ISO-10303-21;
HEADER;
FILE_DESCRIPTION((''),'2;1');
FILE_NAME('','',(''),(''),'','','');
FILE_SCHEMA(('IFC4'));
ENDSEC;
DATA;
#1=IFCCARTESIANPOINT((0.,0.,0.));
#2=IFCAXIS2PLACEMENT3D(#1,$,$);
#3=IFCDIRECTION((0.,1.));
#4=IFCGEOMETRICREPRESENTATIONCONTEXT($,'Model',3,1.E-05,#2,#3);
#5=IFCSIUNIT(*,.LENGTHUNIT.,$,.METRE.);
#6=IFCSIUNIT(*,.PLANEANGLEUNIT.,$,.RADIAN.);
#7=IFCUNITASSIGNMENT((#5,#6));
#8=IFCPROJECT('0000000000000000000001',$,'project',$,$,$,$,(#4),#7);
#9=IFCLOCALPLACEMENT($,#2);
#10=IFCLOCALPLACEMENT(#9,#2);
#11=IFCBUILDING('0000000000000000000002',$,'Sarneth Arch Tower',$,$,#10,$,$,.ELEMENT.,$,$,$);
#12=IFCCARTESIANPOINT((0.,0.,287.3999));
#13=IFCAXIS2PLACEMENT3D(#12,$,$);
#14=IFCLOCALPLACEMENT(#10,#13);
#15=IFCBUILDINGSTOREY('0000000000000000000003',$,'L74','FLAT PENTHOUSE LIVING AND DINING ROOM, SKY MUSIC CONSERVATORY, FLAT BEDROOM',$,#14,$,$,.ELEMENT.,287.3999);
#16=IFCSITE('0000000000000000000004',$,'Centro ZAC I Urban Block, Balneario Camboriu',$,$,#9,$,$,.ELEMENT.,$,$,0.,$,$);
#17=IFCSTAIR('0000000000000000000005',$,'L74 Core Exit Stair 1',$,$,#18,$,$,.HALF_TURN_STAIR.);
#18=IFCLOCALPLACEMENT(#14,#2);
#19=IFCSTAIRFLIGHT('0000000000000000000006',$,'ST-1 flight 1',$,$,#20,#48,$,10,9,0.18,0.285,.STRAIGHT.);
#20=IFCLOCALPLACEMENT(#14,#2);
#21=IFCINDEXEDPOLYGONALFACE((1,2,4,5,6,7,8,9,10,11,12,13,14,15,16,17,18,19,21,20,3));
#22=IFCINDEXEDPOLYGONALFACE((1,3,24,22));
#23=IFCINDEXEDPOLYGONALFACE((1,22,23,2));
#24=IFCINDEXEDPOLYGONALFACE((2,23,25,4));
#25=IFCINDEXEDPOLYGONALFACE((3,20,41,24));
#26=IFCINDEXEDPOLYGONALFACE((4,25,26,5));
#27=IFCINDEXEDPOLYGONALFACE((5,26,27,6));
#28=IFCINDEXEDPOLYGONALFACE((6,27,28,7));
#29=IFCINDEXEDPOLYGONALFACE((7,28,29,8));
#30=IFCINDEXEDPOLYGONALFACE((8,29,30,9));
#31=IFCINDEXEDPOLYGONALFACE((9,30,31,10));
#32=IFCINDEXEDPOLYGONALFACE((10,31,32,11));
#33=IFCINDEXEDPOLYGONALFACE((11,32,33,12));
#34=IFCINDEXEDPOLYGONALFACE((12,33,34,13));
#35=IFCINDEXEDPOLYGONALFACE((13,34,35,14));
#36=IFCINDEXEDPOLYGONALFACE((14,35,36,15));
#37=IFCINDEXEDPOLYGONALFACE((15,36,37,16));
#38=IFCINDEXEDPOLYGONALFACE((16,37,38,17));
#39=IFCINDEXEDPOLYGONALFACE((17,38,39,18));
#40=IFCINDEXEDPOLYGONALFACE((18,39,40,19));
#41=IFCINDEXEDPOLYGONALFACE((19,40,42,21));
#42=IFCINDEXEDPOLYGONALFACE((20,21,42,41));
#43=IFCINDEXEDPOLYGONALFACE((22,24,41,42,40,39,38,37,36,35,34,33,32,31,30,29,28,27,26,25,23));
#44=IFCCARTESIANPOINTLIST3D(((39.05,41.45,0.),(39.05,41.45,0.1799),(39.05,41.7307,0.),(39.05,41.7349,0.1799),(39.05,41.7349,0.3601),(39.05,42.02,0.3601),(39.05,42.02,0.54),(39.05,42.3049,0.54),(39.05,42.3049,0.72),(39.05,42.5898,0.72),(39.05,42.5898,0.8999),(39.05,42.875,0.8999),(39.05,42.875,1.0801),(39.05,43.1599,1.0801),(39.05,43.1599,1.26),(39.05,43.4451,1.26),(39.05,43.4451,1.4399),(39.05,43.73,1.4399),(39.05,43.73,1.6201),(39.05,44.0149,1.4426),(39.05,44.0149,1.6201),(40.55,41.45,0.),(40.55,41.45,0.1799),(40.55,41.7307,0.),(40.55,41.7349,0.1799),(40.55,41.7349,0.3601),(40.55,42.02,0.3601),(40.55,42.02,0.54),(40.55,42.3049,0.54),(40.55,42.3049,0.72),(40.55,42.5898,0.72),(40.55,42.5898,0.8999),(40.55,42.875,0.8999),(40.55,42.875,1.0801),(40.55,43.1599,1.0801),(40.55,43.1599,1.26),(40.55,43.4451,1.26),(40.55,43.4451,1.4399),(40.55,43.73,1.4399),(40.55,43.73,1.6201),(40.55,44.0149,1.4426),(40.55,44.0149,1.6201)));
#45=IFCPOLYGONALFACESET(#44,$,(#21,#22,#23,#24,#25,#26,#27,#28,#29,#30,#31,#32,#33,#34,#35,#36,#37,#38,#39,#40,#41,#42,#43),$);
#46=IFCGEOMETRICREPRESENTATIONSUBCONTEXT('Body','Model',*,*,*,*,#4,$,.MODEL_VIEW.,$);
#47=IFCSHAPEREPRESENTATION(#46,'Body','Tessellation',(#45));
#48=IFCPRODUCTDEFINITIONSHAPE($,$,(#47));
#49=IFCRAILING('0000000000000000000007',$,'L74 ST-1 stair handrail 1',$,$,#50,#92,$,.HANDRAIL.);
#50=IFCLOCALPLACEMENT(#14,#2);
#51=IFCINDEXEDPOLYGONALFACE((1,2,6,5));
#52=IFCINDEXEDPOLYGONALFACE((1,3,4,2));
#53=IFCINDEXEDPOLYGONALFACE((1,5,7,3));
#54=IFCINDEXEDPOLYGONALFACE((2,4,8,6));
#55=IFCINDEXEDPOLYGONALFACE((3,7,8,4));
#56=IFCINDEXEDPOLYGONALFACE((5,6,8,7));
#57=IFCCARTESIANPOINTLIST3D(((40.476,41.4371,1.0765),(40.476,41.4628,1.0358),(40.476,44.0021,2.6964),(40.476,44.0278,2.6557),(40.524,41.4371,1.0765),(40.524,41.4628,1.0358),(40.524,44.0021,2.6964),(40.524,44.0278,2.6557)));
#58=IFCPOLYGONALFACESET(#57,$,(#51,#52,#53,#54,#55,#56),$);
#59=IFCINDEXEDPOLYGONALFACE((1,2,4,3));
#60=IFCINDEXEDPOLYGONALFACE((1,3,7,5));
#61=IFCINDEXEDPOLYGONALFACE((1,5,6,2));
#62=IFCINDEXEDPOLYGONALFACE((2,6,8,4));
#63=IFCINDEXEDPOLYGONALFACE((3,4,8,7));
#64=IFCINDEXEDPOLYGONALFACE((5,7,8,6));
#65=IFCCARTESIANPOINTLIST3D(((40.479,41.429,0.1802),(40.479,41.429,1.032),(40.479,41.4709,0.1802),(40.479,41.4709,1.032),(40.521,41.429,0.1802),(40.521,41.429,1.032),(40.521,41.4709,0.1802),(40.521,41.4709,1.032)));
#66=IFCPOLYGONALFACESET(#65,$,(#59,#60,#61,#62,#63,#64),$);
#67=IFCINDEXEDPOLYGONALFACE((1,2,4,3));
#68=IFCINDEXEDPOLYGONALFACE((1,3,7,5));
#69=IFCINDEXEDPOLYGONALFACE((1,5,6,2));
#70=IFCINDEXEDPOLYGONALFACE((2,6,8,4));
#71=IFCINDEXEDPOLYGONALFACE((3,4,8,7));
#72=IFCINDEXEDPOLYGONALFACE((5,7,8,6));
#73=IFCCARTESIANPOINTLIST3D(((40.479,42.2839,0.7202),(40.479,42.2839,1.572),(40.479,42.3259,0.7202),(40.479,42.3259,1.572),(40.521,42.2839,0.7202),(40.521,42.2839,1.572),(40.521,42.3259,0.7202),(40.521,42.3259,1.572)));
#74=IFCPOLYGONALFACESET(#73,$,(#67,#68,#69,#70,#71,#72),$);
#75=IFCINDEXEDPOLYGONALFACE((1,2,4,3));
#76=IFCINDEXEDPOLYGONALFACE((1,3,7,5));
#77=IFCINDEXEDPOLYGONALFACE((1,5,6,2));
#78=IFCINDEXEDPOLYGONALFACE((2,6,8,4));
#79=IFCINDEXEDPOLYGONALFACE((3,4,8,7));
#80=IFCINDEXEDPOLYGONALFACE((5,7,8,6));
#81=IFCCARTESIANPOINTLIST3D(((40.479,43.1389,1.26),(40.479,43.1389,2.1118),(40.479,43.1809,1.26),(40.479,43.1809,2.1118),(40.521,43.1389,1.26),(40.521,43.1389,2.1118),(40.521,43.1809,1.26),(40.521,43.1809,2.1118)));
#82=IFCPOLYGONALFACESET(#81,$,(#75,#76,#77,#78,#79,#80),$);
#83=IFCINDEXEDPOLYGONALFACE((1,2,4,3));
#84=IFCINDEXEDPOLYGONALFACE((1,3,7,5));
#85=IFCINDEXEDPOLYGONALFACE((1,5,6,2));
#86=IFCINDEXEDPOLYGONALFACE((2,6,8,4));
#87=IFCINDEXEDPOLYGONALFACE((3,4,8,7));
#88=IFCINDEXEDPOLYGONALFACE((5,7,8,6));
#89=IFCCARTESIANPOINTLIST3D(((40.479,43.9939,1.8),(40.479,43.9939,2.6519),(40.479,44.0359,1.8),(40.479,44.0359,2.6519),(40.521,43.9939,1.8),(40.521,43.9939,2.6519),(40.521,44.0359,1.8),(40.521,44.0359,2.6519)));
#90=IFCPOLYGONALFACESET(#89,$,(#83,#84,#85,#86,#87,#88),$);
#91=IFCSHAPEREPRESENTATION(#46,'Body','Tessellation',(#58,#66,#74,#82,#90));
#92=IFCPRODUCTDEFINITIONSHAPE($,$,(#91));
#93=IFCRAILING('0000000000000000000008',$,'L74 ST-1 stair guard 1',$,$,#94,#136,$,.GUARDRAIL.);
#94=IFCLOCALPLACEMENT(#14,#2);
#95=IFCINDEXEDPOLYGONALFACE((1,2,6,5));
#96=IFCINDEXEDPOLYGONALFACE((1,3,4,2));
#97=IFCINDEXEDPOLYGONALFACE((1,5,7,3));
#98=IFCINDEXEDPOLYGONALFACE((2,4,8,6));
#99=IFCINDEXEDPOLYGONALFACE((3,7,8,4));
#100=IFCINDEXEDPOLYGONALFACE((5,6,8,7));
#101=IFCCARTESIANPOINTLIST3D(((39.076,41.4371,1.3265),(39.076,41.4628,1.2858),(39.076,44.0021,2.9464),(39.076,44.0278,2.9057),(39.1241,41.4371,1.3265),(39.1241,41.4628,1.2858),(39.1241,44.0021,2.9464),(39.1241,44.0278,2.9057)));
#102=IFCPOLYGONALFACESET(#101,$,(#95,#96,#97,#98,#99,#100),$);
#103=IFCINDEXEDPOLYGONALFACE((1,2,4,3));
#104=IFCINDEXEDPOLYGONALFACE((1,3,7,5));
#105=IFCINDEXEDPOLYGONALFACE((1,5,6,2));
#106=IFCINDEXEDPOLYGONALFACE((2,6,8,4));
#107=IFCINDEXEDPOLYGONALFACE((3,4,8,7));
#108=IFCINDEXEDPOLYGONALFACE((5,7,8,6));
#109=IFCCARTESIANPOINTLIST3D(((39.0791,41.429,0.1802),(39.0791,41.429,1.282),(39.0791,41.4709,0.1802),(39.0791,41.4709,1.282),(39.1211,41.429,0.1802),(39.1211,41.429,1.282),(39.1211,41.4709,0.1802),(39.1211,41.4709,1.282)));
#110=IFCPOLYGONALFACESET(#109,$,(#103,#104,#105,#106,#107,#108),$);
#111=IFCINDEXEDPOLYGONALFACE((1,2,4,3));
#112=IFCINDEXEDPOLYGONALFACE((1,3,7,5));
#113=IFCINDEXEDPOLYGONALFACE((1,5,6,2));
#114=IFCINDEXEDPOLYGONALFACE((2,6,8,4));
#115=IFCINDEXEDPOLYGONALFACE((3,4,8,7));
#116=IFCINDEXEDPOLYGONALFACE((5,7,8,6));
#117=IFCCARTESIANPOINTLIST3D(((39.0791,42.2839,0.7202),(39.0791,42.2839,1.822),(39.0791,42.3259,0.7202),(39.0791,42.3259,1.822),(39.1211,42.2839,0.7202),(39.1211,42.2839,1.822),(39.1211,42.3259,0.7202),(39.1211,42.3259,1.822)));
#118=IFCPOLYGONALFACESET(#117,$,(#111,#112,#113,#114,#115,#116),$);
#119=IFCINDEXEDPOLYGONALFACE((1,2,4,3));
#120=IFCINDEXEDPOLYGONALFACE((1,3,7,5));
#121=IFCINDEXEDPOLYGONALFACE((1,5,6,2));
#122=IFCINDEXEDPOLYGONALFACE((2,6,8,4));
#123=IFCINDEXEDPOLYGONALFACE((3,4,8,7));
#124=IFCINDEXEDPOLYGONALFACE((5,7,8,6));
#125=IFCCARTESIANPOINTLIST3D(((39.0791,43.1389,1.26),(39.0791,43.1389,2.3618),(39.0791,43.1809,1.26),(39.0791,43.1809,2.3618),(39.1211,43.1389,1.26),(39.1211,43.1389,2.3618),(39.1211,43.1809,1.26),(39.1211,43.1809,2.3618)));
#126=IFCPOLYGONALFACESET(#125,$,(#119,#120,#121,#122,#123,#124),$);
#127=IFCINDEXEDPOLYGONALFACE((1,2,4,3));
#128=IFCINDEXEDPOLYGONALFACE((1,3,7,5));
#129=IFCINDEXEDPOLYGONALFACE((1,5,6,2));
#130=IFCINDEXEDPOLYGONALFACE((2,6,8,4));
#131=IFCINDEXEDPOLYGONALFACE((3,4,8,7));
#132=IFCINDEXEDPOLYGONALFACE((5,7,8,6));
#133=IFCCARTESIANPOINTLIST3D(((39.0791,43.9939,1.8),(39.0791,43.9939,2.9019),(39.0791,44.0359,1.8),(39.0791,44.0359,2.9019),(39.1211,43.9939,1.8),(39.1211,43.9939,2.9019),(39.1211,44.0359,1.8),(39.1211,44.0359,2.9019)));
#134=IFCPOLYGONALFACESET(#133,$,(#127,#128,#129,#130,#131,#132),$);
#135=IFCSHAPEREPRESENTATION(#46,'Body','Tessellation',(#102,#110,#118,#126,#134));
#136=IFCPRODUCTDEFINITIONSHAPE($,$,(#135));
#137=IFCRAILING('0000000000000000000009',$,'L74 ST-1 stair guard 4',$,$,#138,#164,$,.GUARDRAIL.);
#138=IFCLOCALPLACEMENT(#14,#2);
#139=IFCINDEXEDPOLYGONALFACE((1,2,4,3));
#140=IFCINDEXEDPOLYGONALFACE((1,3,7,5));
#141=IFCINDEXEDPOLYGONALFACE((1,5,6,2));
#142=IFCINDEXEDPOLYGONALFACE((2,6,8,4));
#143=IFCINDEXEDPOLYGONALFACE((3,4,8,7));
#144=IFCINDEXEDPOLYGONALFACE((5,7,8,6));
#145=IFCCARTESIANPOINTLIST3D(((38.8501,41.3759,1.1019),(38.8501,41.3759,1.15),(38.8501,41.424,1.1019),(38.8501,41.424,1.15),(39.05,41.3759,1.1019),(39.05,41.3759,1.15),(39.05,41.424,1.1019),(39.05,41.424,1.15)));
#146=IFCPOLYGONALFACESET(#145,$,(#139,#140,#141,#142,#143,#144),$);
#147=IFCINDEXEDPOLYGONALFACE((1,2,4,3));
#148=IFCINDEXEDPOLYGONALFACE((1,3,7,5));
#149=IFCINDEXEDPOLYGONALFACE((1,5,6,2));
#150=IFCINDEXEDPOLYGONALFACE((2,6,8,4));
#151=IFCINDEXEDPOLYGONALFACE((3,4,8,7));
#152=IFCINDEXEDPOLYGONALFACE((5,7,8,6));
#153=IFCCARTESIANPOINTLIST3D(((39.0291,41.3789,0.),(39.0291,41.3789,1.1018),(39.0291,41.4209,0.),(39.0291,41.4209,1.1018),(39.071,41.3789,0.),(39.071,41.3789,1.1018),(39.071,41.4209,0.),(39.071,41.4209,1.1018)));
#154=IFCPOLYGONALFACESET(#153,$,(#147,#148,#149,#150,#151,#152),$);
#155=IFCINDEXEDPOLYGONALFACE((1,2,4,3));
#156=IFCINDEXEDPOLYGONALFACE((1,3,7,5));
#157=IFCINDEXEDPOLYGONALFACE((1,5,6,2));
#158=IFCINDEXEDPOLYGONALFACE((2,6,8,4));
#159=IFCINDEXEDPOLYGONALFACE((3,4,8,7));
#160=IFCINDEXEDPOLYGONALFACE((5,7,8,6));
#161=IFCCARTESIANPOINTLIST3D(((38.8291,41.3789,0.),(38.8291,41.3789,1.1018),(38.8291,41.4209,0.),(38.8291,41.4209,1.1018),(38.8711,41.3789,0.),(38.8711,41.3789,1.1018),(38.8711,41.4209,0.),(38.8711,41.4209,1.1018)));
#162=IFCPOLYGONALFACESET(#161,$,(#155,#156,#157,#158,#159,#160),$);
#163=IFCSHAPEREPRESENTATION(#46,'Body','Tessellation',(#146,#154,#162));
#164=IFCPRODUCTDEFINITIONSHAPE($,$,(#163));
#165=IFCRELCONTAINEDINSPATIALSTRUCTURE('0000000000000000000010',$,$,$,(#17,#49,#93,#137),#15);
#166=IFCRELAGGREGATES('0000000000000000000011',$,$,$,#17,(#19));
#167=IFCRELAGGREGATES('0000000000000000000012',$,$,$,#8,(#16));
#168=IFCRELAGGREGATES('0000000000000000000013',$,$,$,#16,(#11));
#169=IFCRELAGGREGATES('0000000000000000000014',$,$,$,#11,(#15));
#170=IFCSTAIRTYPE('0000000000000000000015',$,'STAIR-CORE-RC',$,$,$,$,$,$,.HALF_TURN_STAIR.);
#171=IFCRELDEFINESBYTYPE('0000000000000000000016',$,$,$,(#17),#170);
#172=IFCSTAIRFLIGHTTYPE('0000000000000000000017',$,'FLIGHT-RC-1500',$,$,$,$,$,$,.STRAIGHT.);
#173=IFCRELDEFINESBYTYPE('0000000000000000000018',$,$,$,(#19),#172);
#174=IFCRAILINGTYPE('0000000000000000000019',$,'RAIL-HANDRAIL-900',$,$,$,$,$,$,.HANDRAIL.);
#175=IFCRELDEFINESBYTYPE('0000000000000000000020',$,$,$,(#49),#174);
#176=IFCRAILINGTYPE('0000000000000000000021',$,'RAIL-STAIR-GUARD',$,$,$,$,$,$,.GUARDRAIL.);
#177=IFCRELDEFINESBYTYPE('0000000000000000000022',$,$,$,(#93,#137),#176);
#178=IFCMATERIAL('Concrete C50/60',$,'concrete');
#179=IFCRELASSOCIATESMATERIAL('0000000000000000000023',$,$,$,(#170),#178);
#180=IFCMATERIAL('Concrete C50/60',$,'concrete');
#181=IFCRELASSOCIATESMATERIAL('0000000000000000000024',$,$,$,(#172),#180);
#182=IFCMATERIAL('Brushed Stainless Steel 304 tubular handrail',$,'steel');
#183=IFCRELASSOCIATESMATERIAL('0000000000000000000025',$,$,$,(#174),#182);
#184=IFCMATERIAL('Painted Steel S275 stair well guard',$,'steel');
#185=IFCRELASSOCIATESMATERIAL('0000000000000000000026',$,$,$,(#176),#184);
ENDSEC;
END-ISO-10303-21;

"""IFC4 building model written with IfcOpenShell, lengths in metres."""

from ifc_helpers import new_model, si_unit, direction, frame, origin, origin_2d, place, context, subcontext, project, spatial, polyline, rectangle, outline, extrude, material, type_object, element, aggregate, save


model = new_model("IFC4")

# Units and contexts
model_context = context("Model", 3, precision=1e-05, world=origin(), true_north=direction((0.0, 1.0)))
body_context = subcontext(model_context, "Body", "Model", "MODEL_VIEW")
ifc_project = project(units=[si_unit("LENGTHUNIT", "METRE"), si_unit("PLANEANGLEUNIT", "RADIAN")], contexts=[model_context])

# Site, building, storey
site_placement = place(None, origin())
site = spatial("IfcSite", under=ifc_project, at=site_placement, Name="Centro ZAC I Urban Block, Balneario Camboriu", CompositionType="ELEMENT", RefElevation=0.0)
building_placement = place(site_placement, origin())
building = spatial("IfcBuilding", under=site, at=building_placement, Name="Sarneth Arch Tower", CompositionType="ELEMENT")
storey_placement = place(building_placement, frame((0.0, 0.0, 287.3999)))
storey = spatial("IfcBuildingStorey", under=building, at=storey_placement, Name="L74", Description="FLAT PENTHOUSE LIVING AND DINING ROOM, SKY MUSIC CONSERVATORY, FLAT BEDROOM", CompositionType="ELEMENT", Elevation=287.3999)

# Stair, stair flight
ifc_material_1 = material(Name="Concrete C50/60", Category="concrete")
stair_type = type_object("IfcStairType", Name="STAIR-CORE-RC", PredefinedType="HALF_TURN_STAIR", material=ifc_material_1)
stair_placement = place(storey_placement, origin())
stair = element("IfcStair", 1, at=stair_placement, inside=storey, type_object=stair_type, Name="L74 Core Exit Stair 1", PredefinedType="HALF_TURN_STAIR")
ifc_material_2 = material(Name="Concrete C50/60", Category="concrete")
stair_flight_type = type_object("IfcStairFlightType", Name="FLIGHT-RC-1500", PredefinedType="STRAIGHT", material=ifc_material_2)
stair_flight_placement = place(storey_placement, frame((39.8, 41.45, 0.0), z_axis=(0.0, 0.0, 1.0), x_axis=(0.0, 1.0, 0.0)))
stair_flight = element("IfcStairFlight", 2, at=stair_flight_placement, type_object=stair_flight_type, Name="ST-1 flight 1", NumberOfRisers=10, NumberOfTreads=9, PredefinedType="STRAIGHT", RiserHeight=0.18, TreadLength=0.285, context=body_context, shape_type="SweptSolid", body=[
    extrude(outline(polyline([(0.0, 0.0), (0.0, 0.1799), (0.2849, 0.1799), (0.2849, 0.3601), (0.5701, 0.3601), (0.5701, 0.54), (0.855, 0.54), (0.855, 0.72), (1.1399, 0.72), (1.1399, 0.8999), (1.425, 0.8999), (1.425, 1.0801), (1.71, 1.0801), (1.71, 1.26), (1.9951, 1.26), (1.9951, 1.4399), (2.28, 1.4399), (2.28, 1.6201), (2.5649, 1.6201), (2.5649, 1.8), (2.5649, 1.4426), (0.2808, 0.0), (0.0, 0.0)])), frame((0.0, 0.75, 0.0), z_axis=(0.0, -1.0, 0.0), x_axis=(1.0, 0.0, 0.0)), (0.0, 0.0, 1.0), 1.5),
])
aggregate(stair, [stair_flight])

# Railings
ifc_material_3 = material(Name="Brushed Stainless Steel 304 tubular handrail", Category="steel")
railing_type_1 = type_object("IfcRailingType", Name="RAIL-HANDRAIL-900", PredefinedType="HANDRAIL", material=ifc_material_3)
railing_1_placement = place(storey_placement, frame((40.5, 41.45, 0.1802)))
element("IfcRailing", 3, at=railing_1_placement, inside=storey, type_object=railing_type_1, Name="L74 ST-1 stair handrail 1", PredefinedType="HANDRAIL", context=body_context, shape_type="SweptSolid", body=[
    extrude(rectangle(XDim=0.0481, YDim=0.0481, at=origin_2d()), frame((0.0, 0.0, 0.876), z_axis=(0.0, 0.845502, 0.533972), x_axis=(-1.0, 0.0, 0.0)), (0.0, 0.0, 1.0), 3.0337),
    extrude(rectangle(XDim=0.042, YDim=0.042, at=origin_2d()), origin(), (0.0, 0.0, 1.0), 0.8518),
    extrude(rectangle(XDim=0.042, YDim=0.042, at=origin_2d()), frame((0.0, 0.855, 0.54)), (0.0, 0.0, 1.0), 0.8518),
    extrude(rectangle(XDim=0.042, YDim=0.042, at=origin_2d()), frame((0.0, 1.71, 1.0798)), (0.0, 0.0, 1.0), 0.8518),
    extrude(rectangle(XDim=0.042, YDim=0.042, at=origin_2d()), frame((0.0, 2.5649, 1.6199)), (0.0, 0.0, 1.0), 0.8518),
])
ifc_material_4 = material(Name="Painted Steel S275 stair well guard", Category="steel")
railing_type_2 = type_object("IfcRailingType", Name="RAIL-STAIR-GUARD", PredefinedType="GUARDRAIL", material=ifc_material_4)
railing_2_placement = place(storey_placement, frame((39.1001, 41.45, 0.1802)))
element("IfcRailing", 4, at=railing_2_placement, inside=storey, type_object=railing_type_2, Name="L74 ST-1 stair guard 1", PredefinedType="GUARDRAIL", context=body_context, shape_type="SweptSolid", body=[
    extrude(rectangle(XDim=0.0481, YDim=0.0481, at=origin_2d()), frame((0.0, 0.0, 1.126), z_axis=(0.0, 0.845502, 0.533972), x_axis=(-1.0, 0.0, 0.0)), (0.0, 0.0, 1.0), 3.0337),
    extrude(rectangle(XDim=0.042, YDim=0.042, at=origin_2d()), origin(), (0.0, 0.0, 1.0), 1.1018),
    extrude(rectangle(XDim=0.042, YDim=0.042, at=origin_2d()), frame((0.0, 0.855, 0.54)), (0.0, 0.0, 1.0), 1.1018),
    extrude(rectangle(XDim=0.042, YDim=0.042, at=origin_2d()), frame((0.0, 1.71, 1.0798)), (0.0, 0.0, 1.0), 1.1018),
    extrude(rectangle(XDim=0.042, YDim=0.042, at=origin_2d()), frame((0.0, 2.5649, 1.6199)), (0.0, 0.0, 1.0), 1.1018),
])
railing_3_placement = place(storey_placement, frame((39.05, 41.3999, 0.0)))
element("IfcRailing", 5, at=railing_3_placement, inside=storey, type_object=railing_type_2, Name="L74 ST-1 stair guard 4", PredefinedType="GUARDRAIL", context=body_context, shape_type="SweptSolid", body=[
    extrude(rectangle(XDim=0.0481, YDim=0.0481, at=origin_2d()), frame((0.0, 0.0, 1.126), z_axis=(-1.0, 0.0, 0.0), x_axis=(0.0, -1.0, 0.0)), (0.0, 0.0, 1.0), 0.2),
    extrude(rectangle(XDim=0.042, YDim=0.042, at=origin_2d()), origin(), (0.0, 0.0, 1.0), 1.1018),
    extrude(rectangle(XDim=0.042, YDim=0.042, at=origin_2d()), frame((-0.2, 0.0, 0.0)), (0.0, 0.0, 1.0), 1.1018),
])

save(model, "model.ifc")
